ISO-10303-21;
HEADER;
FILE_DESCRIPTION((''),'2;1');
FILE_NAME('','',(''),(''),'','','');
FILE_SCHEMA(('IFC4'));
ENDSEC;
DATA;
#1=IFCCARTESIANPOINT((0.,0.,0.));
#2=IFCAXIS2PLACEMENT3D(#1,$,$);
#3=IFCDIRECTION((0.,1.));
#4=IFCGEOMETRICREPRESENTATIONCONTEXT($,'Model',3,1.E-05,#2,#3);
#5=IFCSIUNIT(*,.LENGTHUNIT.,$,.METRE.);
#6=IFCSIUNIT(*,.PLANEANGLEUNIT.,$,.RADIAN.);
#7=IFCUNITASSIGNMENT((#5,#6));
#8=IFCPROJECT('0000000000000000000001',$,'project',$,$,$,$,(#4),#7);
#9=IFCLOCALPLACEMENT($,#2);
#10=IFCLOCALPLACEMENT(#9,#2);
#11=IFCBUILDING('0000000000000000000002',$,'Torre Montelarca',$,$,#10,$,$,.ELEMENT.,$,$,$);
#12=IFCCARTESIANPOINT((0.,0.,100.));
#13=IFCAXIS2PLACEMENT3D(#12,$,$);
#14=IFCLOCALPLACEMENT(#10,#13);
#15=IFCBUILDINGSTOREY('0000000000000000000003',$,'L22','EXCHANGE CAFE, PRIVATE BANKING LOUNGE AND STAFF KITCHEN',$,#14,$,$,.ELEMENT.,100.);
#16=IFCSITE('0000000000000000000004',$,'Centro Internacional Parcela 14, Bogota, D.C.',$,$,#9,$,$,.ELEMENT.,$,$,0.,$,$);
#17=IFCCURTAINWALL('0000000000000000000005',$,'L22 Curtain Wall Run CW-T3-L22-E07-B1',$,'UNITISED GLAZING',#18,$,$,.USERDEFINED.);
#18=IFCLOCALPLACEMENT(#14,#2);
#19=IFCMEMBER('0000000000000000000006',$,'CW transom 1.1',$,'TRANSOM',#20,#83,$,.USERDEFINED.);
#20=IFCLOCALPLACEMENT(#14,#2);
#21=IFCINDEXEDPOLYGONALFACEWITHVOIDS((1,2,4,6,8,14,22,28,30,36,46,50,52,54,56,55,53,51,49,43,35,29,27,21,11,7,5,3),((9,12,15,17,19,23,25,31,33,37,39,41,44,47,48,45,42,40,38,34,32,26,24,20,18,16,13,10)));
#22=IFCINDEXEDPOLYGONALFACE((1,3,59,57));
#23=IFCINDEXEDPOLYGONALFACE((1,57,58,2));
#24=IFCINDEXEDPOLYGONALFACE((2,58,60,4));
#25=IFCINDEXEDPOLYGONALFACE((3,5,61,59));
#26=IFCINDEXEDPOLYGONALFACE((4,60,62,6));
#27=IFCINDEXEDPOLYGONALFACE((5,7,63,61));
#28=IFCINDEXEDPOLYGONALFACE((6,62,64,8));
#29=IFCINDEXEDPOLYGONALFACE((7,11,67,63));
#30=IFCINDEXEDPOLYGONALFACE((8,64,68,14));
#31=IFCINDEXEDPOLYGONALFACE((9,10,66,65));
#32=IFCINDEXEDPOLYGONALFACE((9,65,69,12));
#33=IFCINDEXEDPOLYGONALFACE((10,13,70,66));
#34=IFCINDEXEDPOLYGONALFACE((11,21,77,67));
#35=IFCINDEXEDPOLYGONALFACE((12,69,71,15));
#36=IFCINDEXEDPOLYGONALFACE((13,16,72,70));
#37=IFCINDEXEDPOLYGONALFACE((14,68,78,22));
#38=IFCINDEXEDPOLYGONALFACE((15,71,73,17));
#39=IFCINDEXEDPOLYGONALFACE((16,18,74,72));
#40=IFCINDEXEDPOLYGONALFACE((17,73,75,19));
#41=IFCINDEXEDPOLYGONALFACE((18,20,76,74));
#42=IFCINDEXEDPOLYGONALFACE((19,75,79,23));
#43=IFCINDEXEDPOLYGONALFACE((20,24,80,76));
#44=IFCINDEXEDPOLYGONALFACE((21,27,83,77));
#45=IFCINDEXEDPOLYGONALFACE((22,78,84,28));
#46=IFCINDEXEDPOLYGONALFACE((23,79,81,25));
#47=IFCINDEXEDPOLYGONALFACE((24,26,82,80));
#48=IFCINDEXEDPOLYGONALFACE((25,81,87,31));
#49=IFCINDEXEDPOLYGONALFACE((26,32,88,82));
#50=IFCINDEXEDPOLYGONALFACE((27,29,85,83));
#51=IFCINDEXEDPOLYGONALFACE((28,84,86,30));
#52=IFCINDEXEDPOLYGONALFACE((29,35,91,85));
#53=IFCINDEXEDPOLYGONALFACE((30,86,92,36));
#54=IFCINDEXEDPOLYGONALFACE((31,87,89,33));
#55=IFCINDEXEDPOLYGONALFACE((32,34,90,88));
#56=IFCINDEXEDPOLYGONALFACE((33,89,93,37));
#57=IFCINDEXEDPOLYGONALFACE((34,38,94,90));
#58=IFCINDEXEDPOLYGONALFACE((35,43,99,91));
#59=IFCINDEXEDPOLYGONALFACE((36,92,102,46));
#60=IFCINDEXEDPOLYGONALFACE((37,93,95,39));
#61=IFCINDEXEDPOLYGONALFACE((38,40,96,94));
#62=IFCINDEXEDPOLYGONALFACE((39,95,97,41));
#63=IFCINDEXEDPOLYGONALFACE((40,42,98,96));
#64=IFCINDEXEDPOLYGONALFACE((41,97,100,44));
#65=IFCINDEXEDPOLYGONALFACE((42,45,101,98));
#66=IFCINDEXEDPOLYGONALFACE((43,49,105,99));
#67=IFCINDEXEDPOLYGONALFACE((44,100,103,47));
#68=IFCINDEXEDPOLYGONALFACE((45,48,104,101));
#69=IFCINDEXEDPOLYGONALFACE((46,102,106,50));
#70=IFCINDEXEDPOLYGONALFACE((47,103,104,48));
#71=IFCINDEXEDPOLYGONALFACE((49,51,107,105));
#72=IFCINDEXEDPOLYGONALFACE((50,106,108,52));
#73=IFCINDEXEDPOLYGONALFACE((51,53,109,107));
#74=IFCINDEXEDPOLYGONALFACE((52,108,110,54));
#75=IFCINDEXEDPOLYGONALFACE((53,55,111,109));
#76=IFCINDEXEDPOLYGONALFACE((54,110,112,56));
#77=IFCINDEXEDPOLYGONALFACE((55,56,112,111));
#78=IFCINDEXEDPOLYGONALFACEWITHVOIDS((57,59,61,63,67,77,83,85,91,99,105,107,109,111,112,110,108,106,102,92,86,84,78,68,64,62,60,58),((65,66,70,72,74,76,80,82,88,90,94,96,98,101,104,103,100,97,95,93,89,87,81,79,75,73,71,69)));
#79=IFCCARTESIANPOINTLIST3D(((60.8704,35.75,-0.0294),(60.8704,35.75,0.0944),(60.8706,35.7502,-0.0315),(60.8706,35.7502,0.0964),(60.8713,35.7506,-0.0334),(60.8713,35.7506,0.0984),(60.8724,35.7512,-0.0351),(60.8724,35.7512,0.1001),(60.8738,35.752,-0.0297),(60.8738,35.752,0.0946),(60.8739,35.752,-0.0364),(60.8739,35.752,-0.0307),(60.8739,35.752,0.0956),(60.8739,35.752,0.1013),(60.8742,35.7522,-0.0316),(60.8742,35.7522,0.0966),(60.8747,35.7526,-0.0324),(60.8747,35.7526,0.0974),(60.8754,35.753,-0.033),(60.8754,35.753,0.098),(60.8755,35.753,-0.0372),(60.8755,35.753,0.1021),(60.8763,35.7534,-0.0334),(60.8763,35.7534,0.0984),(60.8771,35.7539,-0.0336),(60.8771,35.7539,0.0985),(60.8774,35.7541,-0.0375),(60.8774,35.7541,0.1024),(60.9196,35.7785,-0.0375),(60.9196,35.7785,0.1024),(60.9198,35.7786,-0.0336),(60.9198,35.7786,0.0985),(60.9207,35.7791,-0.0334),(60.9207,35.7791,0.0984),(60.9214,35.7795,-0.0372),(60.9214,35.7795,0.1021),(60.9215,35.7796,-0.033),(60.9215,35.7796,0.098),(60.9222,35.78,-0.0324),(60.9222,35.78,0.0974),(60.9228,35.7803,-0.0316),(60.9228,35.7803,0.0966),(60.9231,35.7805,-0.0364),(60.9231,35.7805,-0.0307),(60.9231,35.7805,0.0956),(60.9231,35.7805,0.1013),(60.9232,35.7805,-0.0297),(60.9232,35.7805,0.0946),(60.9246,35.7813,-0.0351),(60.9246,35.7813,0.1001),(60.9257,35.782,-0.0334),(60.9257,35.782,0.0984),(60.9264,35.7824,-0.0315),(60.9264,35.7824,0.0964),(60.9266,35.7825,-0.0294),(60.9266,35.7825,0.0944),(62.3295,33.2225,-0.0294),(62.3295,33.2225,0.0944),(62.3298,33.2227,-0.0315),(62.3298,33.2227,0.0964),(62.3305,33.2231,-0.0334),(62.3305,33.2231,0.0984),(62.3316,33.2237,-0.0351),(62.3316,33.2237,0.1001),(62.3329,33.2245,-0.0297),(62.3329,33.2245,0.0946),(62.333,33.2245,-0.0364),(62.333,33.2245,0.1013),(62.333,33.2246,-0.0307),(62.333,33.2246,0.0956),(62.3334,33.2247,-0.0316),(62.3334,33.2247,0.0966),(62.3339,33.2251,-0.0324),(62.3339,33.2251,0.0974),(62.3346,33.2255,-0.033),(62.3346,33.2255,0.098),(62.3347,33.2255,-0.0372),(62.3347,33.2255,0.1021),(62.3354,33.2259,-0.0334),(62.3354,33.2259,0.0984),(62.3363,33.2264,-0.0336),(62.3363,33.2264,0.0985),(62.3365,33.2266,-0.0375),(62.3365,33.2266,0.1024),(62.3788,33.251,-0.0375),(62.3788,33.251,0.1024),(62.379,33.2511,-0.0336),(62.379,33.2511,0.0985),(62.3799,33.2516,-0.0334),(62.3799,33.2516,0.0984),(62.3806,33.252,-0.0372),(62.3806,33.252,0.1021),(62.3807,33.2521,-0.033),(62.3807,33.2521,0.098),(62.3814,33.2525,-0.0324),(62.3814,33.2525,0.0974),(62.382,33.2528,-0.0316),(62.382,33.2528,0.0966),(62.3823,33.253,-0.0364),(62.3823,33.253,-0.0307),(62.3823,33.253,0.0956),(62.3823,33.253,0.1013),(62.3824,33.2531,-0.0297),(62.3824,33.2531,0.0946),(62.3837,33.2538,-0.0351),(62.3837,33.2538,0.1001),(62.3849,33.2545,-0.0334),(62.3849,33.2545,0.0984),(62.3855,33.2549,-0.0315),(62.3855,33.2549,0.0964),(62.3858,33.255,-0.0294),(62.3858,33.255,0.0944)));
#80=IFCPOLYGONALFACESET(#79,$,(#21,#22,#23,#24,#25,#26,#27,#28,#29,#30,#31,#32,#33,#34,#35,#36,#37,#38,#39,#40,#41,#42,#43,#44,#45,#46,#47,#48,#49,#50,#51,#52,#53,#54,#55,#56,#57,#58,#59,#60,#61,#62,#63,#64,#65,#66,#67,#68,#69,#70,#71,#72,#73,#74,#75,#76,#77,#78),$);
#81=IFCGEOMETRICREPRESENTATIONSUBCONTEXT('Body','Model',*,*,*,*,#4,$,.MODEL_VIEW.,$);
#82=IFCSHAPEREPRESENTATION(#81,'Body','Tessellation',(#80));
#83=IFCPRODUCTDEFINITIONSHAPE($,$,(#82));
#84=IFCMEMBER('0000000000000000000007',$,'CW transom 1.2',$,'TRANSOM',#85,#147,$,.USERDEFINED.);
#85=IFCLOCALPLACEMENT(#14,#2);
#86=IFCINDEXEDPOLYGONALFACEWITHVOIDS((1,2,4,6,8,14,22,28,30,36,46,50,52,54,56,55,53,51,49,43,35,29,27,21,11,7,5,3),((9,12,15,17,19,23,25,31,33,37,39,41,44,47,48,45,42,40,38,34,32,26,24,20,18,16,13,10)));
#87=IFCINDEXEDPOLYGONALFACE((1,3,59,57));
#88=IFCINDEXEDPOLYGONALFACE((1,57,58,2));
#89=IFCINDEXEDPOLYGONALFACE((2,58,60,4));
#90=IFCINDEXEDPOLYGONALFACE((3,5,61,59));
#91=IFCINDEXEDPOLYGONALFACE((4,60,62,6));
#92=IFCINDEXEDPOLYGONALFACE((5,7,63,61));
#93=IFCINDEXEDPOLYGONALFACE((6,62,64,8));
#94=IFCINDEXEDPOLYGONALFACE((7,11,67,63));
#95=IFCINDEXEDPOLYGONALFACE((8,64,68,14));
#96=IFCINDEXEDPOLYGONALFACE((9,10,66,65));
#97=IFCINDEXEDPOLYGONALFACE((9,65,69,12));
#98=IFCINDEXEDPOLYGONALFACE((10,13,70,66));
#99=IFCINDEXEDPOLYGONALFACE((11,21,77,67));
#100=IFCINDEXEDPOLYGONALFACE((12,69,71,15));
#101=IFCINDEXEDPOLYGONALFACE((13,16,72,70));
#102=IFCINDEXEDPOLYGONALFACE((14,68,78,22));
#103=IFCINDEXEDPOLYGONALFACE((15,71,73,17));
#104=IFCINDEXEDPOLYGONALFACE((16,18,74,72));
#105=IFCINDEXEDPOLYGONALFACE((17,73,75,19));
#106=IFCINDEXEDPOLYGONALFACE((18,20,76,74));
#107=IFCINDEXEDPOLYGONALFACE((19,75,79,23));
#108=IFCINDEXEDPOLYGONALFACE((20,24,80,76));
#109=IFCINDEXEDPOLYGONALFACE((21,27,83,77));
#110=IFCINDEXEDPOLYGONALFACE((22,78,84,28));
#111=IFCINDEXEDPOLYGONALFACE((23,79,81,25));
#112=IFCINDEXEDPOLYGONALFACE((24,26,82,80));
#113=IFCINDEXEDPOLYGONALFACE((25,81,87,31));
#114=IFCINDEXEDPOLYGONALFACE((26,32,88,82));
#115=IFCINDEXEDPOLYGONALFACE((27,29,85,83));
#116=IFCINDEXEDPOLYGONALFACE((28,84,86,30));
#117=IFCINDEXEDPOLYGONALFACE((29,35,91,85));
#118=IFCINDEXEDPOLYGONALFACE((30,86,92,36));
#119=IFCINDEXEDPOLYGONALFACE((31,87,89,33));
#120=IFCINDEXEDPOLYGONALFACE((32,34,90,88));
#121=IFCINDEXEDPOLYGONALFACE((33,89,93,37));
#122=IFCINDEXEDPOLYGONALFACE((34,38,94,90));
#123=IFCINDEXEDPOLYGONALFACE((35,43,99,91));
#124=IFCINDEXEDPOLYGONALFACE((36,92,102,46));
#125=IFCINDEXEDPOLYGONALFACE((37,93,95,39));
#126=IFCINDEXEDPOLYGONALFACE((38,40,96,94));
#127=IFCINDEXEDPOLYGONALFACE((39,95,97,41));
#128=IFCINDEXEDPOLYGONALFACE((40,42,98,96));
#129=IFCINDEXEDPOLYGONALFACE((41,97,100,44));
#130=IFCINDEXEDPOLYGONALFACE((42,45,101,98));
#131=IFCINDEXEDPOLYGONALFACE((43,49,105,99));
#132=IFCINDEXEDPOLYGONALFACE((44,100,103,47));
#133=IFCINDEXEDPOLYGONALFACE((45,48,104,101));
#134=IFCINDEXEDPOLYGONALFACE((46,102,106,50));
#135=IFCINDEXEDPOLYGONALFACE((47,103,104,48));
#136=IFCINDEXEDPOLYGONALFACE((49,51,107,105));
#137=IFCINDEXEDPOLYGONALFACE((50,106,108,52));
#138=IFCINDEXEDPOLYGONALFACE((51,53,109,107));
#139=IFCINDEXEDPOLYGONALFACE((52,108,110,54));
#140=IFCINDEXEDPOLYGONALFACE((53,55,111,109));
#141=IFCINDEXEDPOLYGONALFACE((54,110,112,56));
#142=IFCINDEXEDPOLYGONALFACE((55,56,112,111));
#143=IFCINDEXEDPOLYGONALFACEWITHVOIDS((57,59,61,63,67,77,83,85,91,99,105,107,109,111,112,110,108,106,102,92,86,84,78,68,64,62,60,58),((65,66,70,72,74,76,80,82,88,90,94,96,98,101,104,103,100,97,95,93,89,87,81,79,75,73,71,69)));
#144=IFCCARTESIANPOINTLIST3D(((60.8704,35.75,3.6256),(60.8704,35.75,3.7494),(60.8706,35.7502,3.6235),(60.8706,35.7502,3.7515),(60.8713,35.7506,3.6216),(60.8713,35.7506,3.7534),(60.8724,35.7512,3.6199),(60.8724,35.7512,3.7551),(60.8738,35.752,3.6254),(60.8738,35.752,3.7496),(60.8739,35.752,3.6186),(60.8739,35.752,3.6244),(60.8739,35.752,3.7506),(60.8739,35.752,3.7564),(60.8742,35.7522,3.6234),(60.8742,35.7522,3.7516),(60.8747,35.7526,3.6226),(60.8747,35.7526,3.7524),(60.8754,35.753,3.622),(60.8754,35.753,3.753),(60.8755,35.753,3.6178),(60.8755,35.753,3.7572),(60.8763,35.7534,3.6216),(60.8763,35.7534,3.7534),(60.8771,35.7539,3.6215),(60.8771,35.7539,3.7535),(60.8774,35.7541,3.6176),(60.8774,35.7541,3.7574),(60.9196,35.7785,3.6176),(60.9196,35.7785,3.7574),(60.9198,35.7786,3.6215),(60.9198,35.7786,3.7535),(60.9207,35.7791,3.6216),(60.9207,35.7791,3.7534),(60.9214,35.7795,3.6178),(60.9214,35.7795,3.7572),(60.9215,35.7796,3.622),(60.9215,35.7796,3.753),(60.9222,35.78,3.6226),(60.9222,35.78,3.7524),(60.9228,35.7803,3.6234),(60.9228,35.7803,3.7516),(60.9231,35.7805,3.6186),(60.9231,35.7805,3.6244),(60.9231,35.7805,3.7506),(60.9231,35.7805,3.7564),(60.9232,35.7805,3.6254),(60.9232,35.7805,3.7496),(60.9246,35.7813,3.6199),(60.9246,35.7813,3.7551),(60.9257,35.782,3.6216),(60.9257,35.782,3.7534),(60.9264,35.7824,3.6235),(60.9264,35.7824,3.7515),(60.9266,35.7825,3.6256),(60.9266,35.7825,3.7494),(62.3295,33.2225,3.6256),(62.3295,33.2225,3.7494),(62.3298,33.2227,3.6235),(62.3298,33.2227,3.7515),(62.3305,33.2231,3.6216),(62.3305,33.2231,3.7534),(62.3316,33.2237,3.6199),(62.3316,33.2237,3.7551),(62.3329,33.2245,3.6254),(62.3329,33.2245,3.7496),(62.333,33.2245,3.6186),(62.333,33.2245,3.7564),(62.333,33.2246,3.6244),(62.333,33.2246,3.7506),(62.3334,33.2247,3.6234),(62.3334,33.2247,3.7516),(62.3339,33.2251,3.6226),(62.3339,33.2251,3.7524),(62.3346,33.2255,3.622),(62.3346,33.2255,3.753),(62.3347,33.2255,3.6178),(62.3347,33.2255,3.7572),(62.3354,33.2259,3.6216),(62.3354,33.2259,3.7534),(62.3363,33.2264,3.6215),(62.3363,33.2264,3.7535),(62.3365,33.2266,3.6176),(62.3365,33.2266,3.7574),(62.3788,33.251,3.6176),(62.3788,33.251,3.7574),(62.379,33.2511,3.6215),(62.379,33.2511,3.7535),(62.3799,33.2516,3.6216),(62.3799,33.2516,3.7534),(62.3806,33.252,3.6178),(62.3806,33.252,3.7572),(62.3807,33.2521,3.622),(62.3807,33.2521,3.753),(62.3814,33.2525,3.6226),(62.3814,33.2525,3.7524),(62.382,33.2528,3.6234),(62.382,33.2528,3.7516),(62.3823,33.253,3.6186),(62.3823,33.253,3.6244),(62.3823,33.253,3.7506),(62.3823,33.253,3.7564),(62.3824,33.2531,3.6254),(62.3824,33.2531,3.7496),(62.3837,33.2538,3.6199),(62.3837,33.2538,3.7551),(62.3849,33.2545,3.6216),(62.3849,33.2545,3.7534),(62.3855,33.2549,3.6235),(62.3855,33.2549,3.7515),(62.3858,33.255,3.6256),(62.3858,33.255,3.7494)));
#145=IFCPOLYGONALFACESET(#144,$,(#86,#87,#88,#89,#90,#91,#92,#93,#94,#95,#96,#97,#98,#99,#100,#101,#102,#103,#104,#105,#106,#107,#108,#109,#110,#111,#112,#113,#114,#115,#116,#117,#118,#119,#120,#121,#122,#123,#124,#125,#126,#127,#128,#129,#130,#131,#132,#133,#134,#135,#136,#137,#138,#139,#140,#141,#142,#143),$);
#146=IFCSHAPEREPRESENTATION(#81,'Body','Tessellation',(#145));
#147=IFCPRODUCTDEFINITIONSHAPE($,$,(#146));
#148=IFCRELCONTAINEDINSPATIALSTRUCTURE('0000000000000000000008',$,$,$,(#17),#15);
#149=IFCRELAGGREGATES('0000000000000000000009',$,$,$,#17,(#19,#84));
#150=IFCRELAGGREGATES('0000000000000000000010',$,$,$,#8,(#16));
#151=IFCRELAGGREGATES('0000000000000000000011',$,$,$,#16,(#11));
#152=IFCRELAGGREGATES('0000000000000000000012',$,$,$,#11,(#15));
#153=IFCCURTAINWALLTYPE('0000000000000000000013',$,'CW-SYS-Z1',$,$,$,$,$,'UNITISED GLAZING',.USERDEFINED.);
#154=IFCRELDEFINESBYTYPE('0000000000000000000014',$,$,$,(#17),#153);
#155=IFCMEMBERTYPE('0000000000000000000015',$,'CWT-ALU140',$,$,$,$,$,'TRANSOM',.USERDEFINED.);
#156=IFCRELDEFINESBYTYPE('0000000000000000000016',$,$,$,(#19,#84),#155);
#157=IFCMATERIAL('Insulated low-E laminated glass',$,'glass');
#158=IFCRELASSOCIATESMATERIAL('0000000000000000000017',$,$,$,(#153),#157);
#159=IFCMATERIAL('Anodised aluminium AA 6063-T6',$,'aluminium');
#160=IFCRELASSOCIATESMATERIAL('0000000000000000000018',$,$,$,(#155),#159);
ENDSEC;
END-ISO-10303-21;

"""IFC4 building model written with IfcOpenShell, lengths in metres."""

from ifc_helpers import new_model, si_unit, direction, frame, origin, origin_2d, place, context, subcontext, project, spatial, hollow_rectangle, extrude, source, transform, mapped, material, material_profile, profile_set, type_object, element, aggregate, save


model = new_model("IFC4")

# Units and contexts
model_context = context("Model", 3, precision=1e-05, world=origin(), true_north=direction((0.0, 1.0)))
body_context = subcontext(model_context, "Body", "Model", "MODEL_VIEW")
ifc_project = project(units=[si_unit("LENGTHUNIT", "METRE"), si_unit("PLANEANGLEUNIT", "RADIAN")], contexts=[model_context])

# Site, building, storey
site_placement = place(None, origin())
site = spatial("IfcSite", under=ifc_project, at=site_placement, Name="Centro Internacional Parcela 14, Bogota, D.C.", CompositionType="ELEMENT", RefElevation=0.0)
building_placement = place(site_placement, origin())
building = spatial("IfcBuilding", under=site, at=building_placement, Name="Torre Montelarca", CompositionType="ELEMENT")
storey_placement = place(building_placement, frame((0.0, 0.0, 100.0)))
storey = spatial("IfcBuildingStorey", under=building, at=storey_placement, Name="L22", Description="EXCHANGE CAFE, PRIVATE BANKING LOUNGE AND STAFF KITCHEN", CompositionType="ELEMENT", Elevation=100.0)

# Curtain wall, members
ifc_material_1 = material(Name="Insulated low-E laminated glass", Category="glass")
curtain_wall_type = type_object("IfcCurtainWallType", Name="CW-SYS-Z1", ElementType="UNITISED GLAZING", PredefinedType="USERDEFINED", material=ifc_material_1)
curtain_wall_1_placement = place(storey_placement, origin())
curtain_wall_1 = element("IfcCurtainWall", 1, at=curtain_wall_1_placement, inside=storey, type_object=curtain_wall_type, Name="L22 Curtain Wall Run CW-T3-L22-E07-B1", ObjectType="UNITISED GLAZING", PredefinedType="USERDEFINED")
ifc_material_2 = material(Name="Anodised aluminium AA 6063-T6", Category="aluminium")
ifc_material_profile_1 = material_profile(ifc_material_2, hollow_rectangle(XDim=0.0649, YDim=0.1399, WallThickness=0.0039, InnerFilletRadius=0.0039, OuterFilletRadius=0.0081, at=origin_2d()), Name="ALU65X140X4", Category="aluminium")
ifc_profile_set_1 = profile_set([ifc_material_profile_1], Name="Anodised aluminium AA 6063-T6")
member_type_1 = type_object("IfcMemberType", Name="CWT-ALU140", ElementType="TRANSOM", PredefinedType="USERDEFINED", material=ifc_profile_set_1)
shared_shape_1 = source(origin(), body_context, "Body", "SweptSolid", [
    extrude(hollow_rectangle(XDim=0.0649, YDim=0.1399, WallThickness=0.0039, InnerFilletRadius=0.0039, OuterFilletRadius=0.0081, at=origin_2d()), origin(), (0.0, 0.0, 1.0), 2.9185),
])
member_1_placement = place(storey_placement, frame((62.3577, 33.2388, 0.0325), z_axis=(-0.499981, 0.866037, 0.0), x_axis=(-0.866037, -0.499981, 0.0)))
member_1 = element("IfcMember", 2, at=member_1_placement, type_object=member_type_1, Name="CW transom 1.1", ObjectType="TRANSOM", PredefinedType="USERDEFINED", context=body_context, shape_type="MappedRepresentation", body=[
    mapped(shared_shape_1, transform((0.0, 0.0, 0.0), scale=1.0)),
])
member_2_placement = place(storey_placement, frame((62.3577, 33.2388, 3.6875), z_axis=(-0.499981, 0.866037, 0.0), x_axis=(-0.866037, -0.499981, 0.0)))
member_2 = element("IfcMember", 3, at=member_2_placement, type_object=member_type_1, Name="CW transom 1.2", ObjectType="TRANSOM", PredefinedType="USERDEFINED", context=body_context, shape_type="MappedRepresentation", body=[
    mapped(shared_shape_1, transform((0.0, 0.0, 0.0), scale=1.0)),
])

aggregate(curtain_wall_1, [member_1, member_2])

save(model, "model.ifc")
